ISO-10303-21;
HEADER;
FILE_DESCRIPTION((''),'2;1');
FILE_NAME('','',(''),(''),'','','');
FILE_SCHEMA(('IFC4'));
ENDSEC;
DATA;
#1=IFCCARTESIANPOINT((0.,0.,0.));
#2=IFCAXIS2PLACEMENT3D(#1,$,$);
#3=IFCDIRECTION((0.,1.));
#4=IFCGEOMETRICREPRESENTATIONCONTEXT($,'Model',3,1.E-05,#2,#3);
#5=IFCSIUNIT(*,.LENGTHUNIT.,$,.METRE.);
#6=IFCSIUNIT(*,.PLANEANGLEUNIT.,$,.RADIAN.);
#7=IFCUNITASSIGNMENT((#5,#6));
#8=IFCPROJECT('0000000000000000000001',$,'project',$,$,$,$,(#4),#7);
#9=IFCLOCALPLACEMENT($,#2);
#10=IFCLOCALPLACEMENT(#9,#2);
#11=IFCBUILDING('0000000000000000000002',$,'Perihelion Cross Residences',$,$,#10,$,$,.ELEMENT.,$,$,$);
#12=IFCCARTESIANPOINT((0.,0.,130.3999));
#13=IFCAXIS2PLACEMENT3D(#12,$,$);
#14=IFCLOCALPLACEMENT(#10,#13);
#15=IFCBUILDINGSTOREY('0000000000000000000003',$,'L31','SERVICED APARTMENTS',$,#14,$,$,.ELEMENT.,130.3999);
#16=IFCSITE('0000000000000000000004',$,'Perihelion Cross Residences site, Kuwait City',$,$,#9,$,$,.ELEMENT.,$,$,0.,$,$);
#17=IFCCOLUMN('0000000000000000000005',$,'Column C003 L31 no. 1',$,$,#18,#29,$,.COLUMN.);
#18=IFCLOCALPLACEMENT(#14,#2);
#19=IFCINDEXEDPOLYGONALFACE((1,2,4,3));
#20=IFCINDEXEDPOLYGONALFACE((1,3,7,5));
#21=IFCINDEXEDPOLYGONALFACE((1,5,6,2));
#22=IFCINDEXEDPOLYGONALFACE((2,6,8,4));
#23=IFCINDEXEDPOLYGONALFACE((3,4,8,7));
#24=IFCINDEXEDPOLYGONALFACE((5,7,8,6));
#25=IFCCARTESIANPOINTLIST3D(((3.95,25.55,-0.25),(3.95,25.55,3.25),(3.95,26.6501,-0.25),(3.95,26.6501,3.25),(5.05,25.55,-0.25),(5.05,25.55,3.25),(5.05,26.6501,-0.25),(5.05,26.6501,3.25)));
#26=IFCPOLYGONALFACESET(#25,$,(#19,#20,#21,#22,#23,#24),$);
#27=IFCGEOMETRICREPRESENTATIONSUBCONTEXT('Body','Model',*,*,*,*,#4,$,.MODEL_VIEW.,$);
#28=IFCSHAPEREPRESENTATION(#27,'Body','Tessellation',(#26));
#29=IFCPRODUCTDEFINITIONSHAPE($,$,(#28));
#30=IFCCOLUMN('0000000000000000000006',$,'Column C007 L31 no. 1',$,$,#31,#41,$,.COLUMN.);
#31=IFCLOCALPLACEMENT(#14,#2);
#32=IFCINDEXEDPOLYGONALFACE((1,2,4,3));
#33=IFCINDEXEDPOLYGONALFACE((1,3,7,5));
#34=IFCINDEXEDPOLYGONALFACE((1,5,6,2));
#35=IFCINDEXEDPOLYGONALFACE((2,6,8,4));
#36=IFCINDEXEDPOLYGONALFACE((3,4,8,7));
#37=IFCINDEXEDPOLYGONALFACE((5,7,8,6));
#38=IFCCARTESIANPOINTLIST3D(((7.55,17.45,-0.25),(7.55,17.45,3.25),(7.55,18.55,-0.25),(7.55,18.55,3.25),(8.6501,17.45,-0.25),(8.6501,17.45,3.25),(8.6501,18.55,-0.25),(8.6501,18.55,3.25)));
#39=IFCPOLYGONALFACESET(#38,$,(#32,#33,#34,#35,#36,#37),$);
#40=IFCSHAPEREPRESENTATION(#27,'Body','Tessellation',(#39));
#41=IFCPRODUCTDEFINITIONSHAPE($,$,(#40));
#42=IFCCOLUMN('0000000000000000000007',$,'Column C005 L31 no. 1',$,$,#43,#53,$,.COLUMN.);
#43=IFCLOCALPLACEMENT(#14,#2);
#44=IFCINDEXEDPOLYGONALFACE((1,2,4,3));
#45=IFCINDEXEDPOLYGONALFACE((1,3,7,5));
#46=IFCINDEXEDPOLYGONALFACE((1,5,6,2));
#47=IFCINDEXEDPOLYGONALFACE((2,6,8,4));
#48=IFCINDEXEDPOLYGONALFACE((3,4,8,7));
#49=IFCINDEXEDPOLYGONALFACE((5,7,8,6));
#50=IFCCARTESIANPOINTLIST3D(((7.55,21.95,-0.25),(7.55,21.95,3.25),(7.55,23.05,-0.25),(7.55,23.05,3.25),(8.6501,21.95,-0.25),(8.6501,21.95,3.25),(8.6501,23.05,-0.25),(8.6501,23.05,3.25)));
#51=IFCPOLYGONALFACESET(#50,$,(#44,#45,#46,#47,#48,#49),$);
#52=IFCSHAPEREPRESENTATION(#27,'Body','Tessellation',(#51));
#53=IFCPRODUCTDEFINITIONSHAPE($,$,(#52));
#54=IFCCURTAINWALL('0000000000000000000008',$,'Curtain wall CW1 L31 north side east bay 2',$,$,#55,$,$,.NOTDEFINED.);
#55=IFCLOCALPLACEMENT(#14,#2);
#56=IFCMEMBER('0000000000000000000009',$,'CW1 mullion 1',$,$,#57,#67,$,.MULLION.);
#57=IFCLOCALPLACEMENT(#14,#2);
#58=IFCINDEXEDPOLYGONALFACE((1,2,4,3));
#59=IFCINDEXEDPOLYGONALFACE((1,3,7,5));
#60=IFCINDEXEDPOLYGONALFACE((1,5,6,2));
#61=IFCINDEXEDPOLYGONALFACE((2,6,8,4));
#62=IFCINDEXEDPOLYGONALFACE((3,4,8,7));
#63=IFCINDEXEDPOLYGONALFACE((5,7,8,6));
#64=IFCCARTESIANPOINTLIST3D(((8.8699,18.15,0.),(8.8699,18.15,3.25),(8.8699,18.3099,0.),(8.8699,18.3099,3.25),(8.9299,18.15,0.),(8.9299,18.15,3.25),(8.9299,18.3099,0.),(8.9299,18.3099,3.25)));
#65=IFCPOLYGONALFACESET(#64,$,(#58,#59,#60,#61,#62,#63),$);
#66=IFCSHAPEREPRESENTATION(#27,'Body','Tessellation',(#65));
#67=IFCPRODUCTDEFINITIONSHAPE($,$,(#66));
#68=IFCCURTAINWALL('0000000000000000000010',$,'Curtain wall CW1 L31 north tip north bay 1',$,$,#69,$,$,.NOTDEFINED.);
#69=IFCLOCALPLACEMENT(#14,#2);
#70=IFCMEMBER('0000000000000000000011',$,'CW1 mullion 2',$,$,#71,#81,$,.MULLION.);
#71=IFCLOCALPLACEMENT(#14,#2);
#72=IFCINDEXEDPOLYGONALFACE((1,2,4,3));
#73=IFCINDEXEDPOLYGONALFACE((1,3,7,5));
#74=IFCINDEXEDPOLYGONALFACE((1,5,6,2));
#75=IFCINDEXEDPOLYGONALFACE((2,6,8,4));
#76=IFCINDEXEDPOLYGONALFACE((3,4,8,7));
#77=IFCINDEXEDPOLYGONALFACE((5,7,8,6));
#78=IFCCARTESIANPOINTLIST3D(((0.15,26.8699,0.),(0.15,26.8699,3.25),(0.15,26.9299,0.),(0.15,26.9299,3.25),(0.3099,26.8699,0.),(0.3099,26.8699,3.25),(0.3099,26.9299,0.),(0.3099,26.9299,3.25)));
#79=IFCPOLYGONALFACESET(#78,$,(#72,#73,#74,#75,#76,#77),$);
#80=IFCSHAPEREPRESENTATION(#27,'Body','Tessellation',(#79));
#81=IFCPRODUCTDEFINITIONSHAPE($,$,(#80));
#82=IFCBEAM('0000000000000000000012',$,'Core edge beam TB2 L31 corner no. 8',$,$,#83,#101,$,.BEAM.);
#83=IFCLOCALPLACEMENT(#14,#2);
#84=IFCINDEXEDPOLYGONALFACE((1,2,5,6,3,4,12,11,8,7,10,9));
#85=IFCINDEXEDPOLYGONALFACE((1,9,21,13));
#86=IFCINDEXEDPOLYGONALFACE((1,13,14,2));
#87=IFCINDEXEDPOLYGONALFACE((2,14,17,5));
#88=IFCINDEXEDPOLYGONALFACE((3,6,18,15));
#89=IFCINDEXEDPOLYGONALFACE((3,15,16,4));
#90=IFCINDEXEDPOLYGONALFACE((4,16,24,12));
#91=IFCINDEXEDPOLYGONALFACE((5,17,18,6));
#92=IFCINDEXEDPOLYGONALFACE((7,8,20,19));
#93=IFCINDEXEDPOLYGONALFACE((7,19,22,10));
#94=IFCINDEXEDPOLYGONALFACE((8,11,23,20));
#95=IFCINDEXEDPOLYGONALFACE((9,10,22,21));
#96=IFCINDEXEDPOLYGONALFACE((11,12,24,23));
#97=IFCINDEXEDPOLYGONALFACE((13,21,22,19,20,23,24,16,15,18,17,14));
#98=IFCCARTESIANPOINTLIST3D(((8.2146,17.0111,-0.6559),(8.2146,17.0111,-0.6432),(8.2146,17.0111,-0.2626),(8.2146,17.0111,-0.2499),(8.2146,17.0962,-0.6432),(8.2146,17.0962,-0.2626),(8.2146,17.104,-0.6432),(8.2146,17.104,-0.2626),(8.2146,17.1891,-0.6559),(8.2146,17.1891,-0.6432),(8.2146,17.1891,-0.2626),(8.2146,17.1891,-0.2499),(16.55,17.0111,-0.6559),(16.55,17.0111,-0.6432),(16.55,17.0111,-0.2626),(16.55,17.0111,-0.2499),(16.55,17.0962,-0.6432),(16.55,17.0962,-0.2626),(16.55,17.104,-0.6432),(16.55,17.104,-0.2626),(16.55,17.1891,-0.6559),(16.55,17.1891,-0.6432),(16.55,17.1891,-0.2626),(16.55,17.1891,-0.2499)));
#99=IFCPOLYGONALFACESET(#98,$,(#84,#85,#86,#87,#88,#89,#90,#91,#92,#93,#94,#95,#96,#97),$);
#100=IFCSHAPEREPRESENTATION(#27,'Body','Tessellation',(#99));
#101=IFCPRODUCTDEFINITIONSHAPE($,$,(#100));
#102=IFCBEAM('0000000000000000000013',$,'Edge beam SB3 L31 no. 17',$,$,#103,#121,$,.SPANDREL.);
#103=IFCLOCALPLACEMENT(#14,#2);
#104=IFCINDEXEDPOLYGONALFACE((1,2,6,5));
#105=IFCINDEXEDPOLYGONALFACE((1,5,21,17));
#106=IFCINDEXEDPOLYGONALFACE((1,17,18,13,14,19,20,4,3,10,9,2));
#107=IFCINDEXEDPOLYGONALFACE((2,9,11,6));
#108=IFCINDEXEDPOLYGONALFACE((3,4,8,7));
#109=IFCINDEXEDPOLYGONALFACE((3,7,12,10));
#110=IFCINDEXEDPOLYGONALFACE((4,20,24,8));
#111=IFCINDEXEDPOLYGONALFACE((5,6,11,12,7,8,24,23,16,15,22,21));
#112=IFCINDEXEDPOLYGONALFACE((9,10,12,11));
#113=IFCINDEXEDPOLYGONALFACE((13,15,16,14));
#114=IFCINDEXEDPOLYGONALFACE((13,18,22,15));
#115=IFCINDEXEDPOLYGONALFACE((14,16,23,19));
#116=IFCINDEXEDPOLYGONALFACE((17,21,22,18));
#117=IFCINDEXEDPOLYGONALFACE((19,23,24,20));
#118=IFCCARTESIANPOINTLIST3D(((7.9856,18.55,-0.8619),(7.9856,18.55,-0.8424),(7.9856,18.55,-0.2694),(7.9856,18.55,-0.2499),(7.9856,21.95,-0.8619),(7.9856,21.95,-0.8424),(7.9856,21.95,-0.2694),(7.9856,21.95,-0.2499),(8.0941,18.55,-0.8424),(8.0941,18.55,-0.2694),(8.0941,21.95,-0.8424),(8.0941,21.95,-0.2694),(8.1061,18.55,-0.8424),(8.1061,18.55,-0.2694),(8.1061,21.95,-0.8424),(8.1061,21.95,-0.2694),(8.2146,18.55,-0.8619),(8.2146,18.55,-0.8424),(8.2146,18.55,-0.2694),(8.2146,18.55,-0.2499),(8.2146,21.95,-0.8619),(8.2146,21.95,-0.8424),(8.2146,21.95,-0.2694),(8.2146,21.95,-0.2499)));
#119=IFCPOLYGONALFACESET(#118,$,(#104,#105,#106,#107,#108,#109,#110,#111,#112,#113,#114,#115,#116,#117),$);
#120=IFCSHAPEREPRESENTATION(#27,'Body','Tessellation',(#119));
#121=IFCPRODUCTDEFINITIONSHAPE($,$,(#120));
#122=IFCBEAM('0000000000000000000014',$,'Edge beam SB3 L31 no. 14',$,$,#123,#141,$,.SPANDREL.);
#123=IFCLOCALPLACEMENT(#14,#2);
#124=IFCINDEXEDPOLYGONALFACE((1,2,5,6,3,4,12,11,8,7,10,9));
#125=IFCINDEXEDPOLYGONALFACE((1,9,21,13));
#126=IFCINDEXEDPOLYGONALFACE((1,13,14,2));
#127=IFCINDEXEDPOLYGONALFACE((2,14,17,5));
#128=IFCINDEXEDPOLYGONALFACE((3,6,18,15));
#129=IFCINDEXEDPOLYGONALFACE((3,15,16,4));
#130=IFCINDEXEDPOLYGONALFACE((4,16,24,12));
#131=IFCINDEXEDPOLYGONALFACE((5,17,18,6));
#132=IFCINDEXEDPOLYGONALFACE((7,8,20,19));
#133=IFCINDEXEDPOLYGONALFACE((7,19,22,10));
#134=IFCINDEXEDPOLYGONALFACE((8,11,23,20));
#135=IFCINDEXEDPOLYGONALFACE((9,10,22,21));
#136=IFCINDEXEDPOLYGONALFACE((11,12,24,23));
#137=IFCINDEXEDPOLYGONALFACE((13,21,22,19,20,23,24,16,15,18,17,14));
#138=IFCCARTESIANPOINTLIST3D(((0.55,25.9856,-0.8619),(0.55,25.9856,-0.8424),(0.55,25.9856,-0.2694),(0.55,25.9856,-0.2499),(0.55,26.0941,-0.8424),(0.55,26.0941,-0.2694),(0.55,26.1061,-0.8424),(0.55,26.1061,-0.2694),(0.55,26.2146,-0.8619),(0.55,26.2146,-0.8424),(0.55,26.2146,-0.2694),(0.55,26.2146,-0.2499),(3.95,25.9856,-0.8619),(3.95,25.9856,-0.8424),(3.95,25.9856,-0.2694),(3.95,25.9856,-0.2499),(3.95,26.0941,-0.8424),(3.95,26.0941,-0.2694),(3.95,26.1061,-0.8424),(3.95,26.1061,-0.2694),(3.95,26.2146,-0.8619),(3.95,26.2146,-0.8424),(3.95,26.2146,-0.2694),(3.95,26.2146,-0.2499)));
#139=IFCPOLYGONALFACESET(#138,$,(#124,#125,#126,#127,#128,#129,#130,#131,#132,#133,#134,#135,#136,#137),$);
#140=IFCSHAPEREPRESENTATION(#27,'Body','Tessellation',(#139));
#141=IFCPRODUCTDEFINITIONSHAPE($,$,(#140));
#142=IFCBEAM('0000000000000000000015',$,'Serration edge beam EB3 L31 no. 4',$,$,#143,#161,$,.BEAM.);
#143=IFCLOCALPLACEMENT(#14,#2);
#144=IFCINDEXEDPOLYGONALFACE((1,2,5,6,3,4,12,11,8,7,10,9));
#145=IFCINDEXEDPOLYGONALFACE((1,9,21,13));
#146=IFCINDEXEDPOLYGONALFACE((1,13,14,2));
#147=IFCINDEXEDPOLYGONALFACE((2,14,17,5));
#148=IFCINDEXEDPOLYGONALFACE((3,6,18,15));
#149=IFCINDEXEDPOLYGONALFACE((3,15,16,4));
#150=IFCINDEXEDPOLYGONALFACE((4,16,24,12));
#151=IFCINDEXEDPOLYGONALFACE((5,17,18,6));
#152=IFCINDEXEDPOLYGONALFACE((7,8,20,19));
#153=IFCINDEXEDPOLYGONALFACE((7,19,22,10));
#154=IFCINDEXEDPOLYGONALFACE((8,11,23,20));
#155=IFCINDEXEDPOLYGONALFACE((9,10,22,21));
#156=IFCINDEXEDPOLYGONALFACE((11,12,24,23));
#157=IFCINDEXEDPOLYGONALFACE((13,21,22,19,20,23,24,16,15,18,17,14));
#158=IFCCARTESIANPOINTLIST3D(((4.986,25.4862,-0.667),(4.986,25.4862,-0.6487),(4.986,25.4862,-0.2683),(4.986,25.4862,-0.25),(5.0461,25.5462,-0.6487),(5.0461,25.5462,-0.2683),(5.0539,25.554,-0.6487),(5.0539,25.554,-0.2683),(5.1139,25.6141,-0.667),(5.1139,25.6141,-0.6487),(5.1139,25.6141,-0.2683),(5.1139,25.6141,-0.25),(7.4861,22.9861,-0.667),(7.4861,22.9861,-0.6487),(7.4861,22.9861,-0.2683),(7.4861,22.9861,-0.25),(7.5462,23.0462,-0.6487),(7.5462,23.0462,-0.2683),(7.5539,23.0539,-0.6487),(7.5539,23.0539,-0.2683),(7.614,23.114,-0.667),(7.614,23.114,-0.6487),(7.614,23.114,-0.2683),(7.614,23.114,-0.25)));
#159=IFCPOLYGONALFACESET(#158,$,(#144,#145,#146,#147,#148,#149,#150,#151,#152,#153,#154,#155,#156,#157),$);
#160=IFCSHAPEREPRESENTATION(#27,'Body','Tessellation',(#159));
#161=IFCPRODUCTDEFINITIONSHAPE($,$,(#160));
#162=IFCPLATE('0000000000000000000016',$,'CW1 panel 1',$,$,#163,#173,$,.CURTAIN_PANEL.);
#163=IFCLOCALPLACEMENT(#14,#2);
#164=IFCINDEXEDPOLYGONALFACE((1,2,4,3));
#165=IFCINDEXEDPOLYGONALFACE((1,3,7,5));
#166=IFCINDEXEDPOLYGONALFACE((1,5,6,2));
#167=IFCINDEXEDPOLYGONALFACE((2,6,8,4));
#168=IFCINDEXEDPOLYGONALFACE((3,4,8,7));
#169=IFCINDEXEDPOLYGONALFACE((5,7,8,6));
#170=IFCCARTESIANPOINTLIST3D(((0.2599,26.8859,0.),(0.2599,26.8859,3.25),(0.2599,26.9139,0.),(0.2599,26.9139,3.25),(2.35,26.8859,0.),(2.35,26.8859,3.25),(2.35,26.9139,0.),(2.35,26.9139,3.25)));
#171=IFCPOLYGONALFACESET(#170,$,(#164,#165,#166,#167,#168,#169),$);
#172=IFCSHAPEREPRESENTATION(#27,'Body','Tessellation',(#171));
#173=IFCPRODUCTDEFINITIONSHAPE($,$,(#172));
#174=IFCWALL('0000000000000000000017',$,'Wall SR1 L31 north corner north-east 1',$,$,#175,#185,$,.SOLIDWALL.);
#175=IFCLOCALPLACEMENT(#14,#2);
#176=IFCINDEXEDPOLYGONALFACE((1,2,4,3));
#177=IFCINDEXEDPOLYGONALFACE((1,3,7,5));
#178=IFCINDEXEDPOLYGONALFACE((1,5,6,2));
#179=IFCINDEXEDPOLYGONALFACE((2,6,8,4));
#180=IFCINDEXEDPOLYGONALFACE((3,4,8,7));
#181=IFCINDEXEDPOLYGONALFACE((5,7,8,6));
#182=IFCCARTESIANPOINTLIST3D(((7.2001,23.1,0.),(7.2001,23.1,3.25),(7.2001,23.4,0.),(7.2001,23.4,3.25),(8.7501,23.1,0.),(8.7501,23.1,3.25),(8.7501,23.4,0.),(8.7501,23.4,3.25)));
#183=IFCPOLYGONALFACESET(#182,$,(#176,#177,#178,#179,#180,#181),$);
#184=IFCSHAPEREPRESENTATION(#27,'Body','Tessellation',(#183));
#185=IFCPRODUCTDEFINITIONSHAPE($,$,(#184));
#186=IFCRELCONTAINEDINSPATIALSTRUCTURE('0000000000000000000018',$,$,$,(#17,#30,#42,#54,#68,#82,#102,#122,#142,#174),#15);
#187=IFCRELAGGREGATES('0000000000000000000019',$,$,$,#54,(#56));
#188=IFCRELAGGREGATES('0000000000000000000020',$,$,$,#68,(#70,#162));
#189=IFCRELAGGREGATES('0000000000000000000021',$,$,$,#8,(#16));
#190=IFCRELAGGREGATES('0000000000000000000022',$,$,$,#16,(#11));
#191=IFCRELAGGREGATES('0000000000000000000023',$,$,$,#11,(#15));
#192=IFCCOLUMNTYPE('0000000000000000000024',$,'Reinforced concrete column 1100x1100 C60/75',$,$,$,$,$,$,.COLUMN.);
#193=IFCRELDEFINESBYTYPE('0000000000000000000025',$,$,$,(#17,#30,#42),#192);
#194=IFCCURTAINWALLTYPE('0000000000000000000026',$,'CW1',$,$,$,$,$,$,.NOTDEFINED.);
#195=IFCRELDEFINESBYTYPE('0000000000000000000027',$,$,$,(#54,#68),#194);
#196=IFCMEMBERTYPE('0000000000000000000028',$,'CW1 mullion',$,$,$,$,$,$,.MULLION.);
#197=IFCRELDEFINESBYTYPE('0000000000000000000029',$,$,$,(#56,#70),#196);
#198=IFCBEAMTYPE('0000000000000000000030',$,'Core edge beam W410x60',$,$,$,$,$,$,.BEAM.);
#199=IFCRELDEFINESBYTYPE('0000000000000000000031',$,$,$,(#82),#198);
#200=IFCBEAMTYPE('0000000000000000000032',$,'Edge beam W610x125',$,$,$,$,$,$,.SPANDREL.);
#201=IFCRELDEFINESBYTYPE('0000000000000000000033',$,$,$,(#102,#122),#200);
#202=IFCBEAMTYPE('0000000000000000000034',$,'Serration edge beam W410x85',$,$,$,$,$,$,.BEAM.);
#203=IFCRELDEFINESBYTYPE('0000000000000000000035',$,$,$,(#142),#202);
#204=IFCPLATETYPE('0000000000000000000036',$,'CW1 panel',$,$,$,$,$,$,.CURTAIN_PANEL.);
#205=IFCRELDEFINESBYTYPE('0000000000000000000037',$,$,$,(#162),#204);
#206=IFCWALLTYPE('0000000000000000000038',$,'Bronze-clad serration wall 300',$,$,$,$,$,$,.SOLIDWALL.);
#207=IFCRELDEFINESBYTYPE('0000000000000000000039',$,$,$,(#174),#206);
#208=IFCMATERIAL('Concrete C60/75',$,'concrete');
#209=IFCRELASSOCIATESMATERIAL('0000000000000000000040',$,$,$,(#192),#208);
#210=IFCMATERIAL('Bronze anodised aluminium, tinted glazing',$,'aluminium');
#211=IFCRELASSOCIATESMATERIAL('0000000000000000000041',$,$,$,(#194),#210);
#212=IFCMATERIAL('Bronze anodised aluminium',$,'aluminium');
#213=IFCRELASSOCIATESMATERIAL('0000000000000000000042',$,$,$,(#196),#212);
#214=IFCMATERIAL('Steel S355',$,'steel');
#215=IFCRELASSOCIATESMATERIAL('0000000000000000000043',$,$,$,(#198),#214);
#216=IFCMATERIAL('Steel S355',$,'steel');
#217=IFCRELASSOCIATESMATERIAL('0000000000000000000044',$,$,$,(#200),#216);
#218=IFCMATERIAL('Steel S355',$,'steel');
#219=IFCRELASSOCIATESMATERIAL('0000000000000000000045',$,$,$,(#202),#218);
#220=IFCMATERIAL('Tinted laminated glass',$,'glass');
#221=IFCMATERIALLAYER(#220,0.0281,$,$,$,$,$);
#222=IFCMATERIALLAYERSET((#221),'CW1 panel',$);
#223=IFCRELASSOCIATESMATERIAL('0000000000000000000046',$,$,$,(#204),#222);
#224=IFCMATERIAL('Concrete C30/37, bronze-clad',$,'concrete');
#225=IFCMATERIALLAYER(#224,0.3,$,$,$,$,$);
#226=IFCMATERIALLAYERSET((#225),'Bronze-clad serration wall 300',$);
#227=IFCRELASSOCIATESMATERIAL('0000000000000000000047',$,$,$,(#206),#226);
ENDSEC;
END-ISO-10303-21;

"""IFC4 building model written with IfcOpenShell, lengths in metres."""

from ifc_helpers import new_model, si_unit, direction, frame, frame_2d, origin, origin_2d, place, context, subcontext, project, spatial, rectangle, i_section, extrude, material, layer, layer_set, material_profile, profile_set, type_object, element, aggregate, save


model = new_model("IFC4")

# Units and contexts
model_context = context("Model", 3, precision=1e-05, world=origin(), true_north=direction((0.0, 1.0)))
body_context = subcontext(model_context, "Body", "Model", "MODEL_VIEW")
ifc_project = project(units=[si_unit("LENGTHUNIT", "METRE"), si_unit("PLANEANGLEUNIT", "RADIAN")], contexts=[model_context])

# Site, building, storey
site_placement = place(None, origin())
site = spatial("IfcSite", under=ifc_project, at=site_placement, Name="Perihelion Cross Residences site, Kuwait City", CompositionType="ELEMENT", RefElevation=0.0)
building_placement = place(site_placement, origin())
building = spatial("IfcBuilding", under=site, at=building_placement, Name="Perihelion Cross Residences", CompositionType="ELEMENT")
storey_placement = place(building_placement, frame((0.0, 0.0, 130.3999)))
storey = spatial("IfcBuildingStorey", under=building, at=storey_placement, Name="L31", Description="SERVICED APARTMENTS", CompositionType="ELEMENT", Elevation=130.3999)

# Columns
ifc_material_1 = material(Name="Concrete C60/75", Category="concrete")
ifc_material_profile_1 = material_profile(ifc_material_1, rectangle(XDim=1.1001, YDim=1.1001, at=origin_2d()), Name="RC 1100x1100")
ifc_profile_set_1 = profile_set([ifc_material_profile_1], Name="Concrete C60/75")
column_type = type_object("IfcColumnType", Name="Reinforced concrete column 1100x1100 C60/75", PredefinedType="COLUMN", material=ifc_profile_set_1)
for number, where, z_axis, x_axis, name in (
    (1, (4.5, 26.1001, -0.25), (0.0, 0.0, 1.0), (1.0, 0.0, 0.0), "Column C003 L31 no. 1"),
    (2, (8.1001, 18.0, -0.25), (0.0, 0.0, 1.0), (1.0, 0.0, 0.0), "Column C007 L31 no. 1"),
    (3, (8.1001, 22.5, -0.25), (0.0, 0.0, 1.0), (1.0, 0.0, 0.0), "Column C005 L31 no. 1"),
):
    element("IfcColumn", number, at=place(storey_placement, frame(where, z_axis=z_axis, x_axis=x_axis)), inside=storey, type_object=column_type, Name=name, PredefinedType="COLUMN", context=body_context, shape_type="SweptSolid", body=[
        extrude(rectangle(XDim=1.1001, YDim=1.1001, at=origin_2d()), origin(), (0.0, 0.0, 1.0), 3.5),
    ])

# Curtain walls, members
ifc_material_2 = material(Name="Bronze anodised aluminium, tinted glazing", Category="aluminium")
curtain_wall_type = type_object("IfcCurtainWallType", Name="CW1", PredefinedType="NOTDEFINED", material=ifc_material_2)
curtain_wall_1_placement = place(storey_placement, origin())
curtain_wall_1 = element("IfcCurtainWall", 4, at=curtain_wall_1_placement, inside=storey, type_object=curtain_wall_type, Name="Curtain wall CW1 L31 north side east bay 2", PredefinedType="NOTDEFINED")
ifc_material_3 = material(Name="Bronze anodised aluminium", Category="aluminium")
ifc_material_profile_2 = material_profile(ifc_material_3, rectangle(XDim=0.0601, YDim=0.1599, at=origin_2d()), Name="CW1 mullion")
ifc_profile_set_2 = profile_set([ifc_material_profile_2], Name="Bronze anodised aluminium")
member_type = type_object("IfcMemberType", Name="CW1 mullion", PredefinedType="MULLION", material=ifc_profile_set_2)
member_1_placement = place(storey_placement, frame((8.8999, 18.23, 0.0), z_axis=(0.0, 0.0, 1.0), x_axis=(-1.0, 0.0, 0.0)))
member_1 = element("IfcMember", 5, at=member_1_placement, type_object=member_type, Name="CW1 mullion 1", PredefinedType="MULLION", context=body_context, shape_type="SweptSolid", body=[
    extrude(rectangle(XDim=0.0601, YDim=0.1599, at=origin_2d()), origin(), (0.0, 0.0, 1.0), 3.25),
])
aggregate(curtain_wall_1, [member_1])
curtain_wall_2_placement = place(storey_placement, origin())
curtain_wall_2 = element("IfcCurtainWall", 6, at=curtain_wall_2_placement, inside=storey, type_object=curtain_wall_type, Name="Curtain wall CW1 L31 north tip north bay 1", PredefinedType="NOTDEFINED")
member_2_placement = place(storey_placement, frame((0.23, 26.8999, 0.0), z_axis=(0.0, 0.0, 1.0), x_axis=(0.0, -1.0, 0.0)))
member_2 = element("IfcMember", 7, at=member_2_placement, type_object=member_type, Name="CW1 mullion 2", PredefinedType="MULLION", context=body_context, shape_type="SweptSolid", body=[
    extrude(rectangle(XDim=0.0601, YDim=0.1599, at=origin_2d()), origin(), (0.0, 0.0, 1.0), 3.25),
])

# Beams
ifc_material_4 = material(Name="Steel S355", Category="steel")
ifc_material_profile_3 = material_profile(ifc_material_4, i_section(OverallWidth=0.178, OverallDepth=0.406, WebThickness=0.0078, FlangeThickness=0.0127, at=origin_2d()), Name="W410x60")
ifc_profile_set_3 = profile_set([ifc_material_profile_3], Name="Steel S355")
beam_type_1 = type_object("IfcBeamType", Name="Core edge beam W410x60", PredefinedType="BEAM", material=ifc_profile_set_3)
beam_1_placement = place(storey_placement, frame((8.2146, 17.1001, -0.4529), z_axis=(1.0, 0.0, 0.0), x_axis=(0.0, 1.0, 0.0)))
element("IfcBeam", 8, at=beam_1_placement, inside=storey, type_object=beam_type_1, Name="Core edge beam TB2 L31 corner no. 8", PredefinedType="BEAM", context=body_context, shape_type="SweptSolid", body=[
    extrude(i_section(OverallWidth=0.178, OverallDepth=0.406, WebThickness=0.0078, FlangeThickness=0.0127, at=origin_2d()), origin(), (0.0, 0.0, 1.0), 8.3354),
])
ifc_material_5 = material(Name="Steel S355", Category="steel")
ifc_material_profile_4 = material_profile(ifc_material_5, i_section(OverallWidth=0.229, OverallDepth=0.6121, WebThickness=0.012, FlangeThickness=0.0195, at=origin_2d()), Name="W610x125")
ifc_profile_set_4 = profile_set([ifc_material_profile_4], Name="Steel S355")
beam_type_2 = type_object("IfcBeamType", Name="Edge beam W610x125", PredefinedType="SPANDREL", material=ifc_profile_set_4)
for number, where, z_axis, x_axis, name in (
    (9, (8.1001, 18.55, -0.5559), (0.0, 1.0, 0.0), (-1.0, 0.0, 0.0), "Edge beam SB3 L31 no. 17"),
    (10, (3.95, 26.1001, -0.5559), (-1.0, 0.0, 0.0), (0.0, -1.0, 0.0), "Edge beam SB3 L31 no. 14"),
):
    element("IfcBeam", number, at=place(storey_placement, frame(where, z_axis=z_axis, x_axis=x_axis)), inside=storey, type_object=beam_type_2, Name=name, PredefinedType="SPANDREL", context=body_context, shape_type="SweptSolid", body=[
        extrude(i_section(OverallWidth=0.229, OverallDepth=0.6121, WebThickness=0.012, FlangeThickness=0.0195, at=origin_2d()), origin(), (0.0, 0.0, 1.0), 3.3999),
    ])
ifc_material_6 = material(Name="Steel S355", Category="steel")
ifc_material_profile_5 = material_profile(ifc_material_6, i_section(OverallWidth=0.1809, OverallDepth=0.417, WebThickness=0.011, FlangeThickness=0.0183, at=origin_2d()), Name="W410x85")
ifc_profile_set_5 = profile_set([ifc_material_profile_5], Name="Steel S355")
beam_type_3 = type_object("IfcBeamType", Name="Serration edge beam W410x85", PredefinedType="BEAM", material=ifc_profile_set_5)
beam_2_placement = place(storey_placement, frame((7.55, 23.05, -0.4585), z_axis=(-0.707107, 0.707107, 0.0), x_axis=(-0.707107, -0.707107, 0.0)))
element("IfcBeam", 11, at=beam_2_placement, inside=storey, type_object=beam_type_3, Name="Serration edge beam EB3 L31 no. 4", PredefinedType="BEAM", context=body_context, shape_type="SweptSolid", body=[
    extrude(i_section(OverallWidth=0.1809, OverallDepth=0.417, WebThickness=0.011, FlangeThickness=0.0183, at=origin_2d()), origin(), (0.0, 0.0, 1.0), 3.5356),
])

# Plate
ifc_material_7 = material(Name="Tinted laminated glass", Category="glass")
ifc_layer_1 = layer(ifc_material_7, 0.0281)
ifc_layer_set_1 = layer_set([ifc_layer_1], Name="CW1 panel")
plate_type = type_object("IfcPlateType", Name="CW1 panel", PredefinedType="CURTAIN_PANEL", material=ifc_layer_set_1)
plate_placement = place(storey_placement, frame((1.3049, 26.8999, 0.0), z_axis=(0.0, 0.0, 1.0), x_axis=(-1.0, 0.0, 0.0)))
plate = element("IfcPlate", 12, at=plate_placement, type_object=plate_type, Name="CW1 panel 1", PredefinedType="CURTAIN_PANEL", context=body_context, shape_type="SweptSolid", body=[
    extrude(rectangle(XDim=2.0901, YDim=0.0281, at=origin_2d()), origin(), (0.0, 0.0, 1.0), 3.25),
])
aggregate(curtain_wall_2, [member_2, plate])

# Wall
ifc_material_8 = material(Name="Concrete C30/37, bronze-clad", Category="concrete")
ifc_layer_2 = layer(ifc_material_8, 0.3)
ifc_layer_set_2 = layer_set([ifc_layer_2], Name="Bronze-clad serration wall 300")
wall_type_1 = type_object("IfcWallType", Name="Bronze-clad serration wall 300", PredefinedType="SOLIDWALL", material=ifc_layer_set_2)
wall_1_placement = place(storey_placement, frame((8.75, 23.25, 0.0), z_axis=(0.0, 0.0, 1.0), x_axis=(-1.0, 0.0, 0.0)))
element("IfcWall", 13, at=wall_1_placement, inside=storey, type_object=wall_type_1, Name="Wall SR1 L31 north corner north-east 1", PredefinedType="SOLIDWALL", context=body_context, shape_type="SweptSolid", body=[
    extrude(rectangle(XDim=1.55, YDim=0.3, at=frame_2d((0.7749, 0.0))), origin(), (0.0, 0.0, 1.0), 3.25),
])

save(model, "model.ifc")
